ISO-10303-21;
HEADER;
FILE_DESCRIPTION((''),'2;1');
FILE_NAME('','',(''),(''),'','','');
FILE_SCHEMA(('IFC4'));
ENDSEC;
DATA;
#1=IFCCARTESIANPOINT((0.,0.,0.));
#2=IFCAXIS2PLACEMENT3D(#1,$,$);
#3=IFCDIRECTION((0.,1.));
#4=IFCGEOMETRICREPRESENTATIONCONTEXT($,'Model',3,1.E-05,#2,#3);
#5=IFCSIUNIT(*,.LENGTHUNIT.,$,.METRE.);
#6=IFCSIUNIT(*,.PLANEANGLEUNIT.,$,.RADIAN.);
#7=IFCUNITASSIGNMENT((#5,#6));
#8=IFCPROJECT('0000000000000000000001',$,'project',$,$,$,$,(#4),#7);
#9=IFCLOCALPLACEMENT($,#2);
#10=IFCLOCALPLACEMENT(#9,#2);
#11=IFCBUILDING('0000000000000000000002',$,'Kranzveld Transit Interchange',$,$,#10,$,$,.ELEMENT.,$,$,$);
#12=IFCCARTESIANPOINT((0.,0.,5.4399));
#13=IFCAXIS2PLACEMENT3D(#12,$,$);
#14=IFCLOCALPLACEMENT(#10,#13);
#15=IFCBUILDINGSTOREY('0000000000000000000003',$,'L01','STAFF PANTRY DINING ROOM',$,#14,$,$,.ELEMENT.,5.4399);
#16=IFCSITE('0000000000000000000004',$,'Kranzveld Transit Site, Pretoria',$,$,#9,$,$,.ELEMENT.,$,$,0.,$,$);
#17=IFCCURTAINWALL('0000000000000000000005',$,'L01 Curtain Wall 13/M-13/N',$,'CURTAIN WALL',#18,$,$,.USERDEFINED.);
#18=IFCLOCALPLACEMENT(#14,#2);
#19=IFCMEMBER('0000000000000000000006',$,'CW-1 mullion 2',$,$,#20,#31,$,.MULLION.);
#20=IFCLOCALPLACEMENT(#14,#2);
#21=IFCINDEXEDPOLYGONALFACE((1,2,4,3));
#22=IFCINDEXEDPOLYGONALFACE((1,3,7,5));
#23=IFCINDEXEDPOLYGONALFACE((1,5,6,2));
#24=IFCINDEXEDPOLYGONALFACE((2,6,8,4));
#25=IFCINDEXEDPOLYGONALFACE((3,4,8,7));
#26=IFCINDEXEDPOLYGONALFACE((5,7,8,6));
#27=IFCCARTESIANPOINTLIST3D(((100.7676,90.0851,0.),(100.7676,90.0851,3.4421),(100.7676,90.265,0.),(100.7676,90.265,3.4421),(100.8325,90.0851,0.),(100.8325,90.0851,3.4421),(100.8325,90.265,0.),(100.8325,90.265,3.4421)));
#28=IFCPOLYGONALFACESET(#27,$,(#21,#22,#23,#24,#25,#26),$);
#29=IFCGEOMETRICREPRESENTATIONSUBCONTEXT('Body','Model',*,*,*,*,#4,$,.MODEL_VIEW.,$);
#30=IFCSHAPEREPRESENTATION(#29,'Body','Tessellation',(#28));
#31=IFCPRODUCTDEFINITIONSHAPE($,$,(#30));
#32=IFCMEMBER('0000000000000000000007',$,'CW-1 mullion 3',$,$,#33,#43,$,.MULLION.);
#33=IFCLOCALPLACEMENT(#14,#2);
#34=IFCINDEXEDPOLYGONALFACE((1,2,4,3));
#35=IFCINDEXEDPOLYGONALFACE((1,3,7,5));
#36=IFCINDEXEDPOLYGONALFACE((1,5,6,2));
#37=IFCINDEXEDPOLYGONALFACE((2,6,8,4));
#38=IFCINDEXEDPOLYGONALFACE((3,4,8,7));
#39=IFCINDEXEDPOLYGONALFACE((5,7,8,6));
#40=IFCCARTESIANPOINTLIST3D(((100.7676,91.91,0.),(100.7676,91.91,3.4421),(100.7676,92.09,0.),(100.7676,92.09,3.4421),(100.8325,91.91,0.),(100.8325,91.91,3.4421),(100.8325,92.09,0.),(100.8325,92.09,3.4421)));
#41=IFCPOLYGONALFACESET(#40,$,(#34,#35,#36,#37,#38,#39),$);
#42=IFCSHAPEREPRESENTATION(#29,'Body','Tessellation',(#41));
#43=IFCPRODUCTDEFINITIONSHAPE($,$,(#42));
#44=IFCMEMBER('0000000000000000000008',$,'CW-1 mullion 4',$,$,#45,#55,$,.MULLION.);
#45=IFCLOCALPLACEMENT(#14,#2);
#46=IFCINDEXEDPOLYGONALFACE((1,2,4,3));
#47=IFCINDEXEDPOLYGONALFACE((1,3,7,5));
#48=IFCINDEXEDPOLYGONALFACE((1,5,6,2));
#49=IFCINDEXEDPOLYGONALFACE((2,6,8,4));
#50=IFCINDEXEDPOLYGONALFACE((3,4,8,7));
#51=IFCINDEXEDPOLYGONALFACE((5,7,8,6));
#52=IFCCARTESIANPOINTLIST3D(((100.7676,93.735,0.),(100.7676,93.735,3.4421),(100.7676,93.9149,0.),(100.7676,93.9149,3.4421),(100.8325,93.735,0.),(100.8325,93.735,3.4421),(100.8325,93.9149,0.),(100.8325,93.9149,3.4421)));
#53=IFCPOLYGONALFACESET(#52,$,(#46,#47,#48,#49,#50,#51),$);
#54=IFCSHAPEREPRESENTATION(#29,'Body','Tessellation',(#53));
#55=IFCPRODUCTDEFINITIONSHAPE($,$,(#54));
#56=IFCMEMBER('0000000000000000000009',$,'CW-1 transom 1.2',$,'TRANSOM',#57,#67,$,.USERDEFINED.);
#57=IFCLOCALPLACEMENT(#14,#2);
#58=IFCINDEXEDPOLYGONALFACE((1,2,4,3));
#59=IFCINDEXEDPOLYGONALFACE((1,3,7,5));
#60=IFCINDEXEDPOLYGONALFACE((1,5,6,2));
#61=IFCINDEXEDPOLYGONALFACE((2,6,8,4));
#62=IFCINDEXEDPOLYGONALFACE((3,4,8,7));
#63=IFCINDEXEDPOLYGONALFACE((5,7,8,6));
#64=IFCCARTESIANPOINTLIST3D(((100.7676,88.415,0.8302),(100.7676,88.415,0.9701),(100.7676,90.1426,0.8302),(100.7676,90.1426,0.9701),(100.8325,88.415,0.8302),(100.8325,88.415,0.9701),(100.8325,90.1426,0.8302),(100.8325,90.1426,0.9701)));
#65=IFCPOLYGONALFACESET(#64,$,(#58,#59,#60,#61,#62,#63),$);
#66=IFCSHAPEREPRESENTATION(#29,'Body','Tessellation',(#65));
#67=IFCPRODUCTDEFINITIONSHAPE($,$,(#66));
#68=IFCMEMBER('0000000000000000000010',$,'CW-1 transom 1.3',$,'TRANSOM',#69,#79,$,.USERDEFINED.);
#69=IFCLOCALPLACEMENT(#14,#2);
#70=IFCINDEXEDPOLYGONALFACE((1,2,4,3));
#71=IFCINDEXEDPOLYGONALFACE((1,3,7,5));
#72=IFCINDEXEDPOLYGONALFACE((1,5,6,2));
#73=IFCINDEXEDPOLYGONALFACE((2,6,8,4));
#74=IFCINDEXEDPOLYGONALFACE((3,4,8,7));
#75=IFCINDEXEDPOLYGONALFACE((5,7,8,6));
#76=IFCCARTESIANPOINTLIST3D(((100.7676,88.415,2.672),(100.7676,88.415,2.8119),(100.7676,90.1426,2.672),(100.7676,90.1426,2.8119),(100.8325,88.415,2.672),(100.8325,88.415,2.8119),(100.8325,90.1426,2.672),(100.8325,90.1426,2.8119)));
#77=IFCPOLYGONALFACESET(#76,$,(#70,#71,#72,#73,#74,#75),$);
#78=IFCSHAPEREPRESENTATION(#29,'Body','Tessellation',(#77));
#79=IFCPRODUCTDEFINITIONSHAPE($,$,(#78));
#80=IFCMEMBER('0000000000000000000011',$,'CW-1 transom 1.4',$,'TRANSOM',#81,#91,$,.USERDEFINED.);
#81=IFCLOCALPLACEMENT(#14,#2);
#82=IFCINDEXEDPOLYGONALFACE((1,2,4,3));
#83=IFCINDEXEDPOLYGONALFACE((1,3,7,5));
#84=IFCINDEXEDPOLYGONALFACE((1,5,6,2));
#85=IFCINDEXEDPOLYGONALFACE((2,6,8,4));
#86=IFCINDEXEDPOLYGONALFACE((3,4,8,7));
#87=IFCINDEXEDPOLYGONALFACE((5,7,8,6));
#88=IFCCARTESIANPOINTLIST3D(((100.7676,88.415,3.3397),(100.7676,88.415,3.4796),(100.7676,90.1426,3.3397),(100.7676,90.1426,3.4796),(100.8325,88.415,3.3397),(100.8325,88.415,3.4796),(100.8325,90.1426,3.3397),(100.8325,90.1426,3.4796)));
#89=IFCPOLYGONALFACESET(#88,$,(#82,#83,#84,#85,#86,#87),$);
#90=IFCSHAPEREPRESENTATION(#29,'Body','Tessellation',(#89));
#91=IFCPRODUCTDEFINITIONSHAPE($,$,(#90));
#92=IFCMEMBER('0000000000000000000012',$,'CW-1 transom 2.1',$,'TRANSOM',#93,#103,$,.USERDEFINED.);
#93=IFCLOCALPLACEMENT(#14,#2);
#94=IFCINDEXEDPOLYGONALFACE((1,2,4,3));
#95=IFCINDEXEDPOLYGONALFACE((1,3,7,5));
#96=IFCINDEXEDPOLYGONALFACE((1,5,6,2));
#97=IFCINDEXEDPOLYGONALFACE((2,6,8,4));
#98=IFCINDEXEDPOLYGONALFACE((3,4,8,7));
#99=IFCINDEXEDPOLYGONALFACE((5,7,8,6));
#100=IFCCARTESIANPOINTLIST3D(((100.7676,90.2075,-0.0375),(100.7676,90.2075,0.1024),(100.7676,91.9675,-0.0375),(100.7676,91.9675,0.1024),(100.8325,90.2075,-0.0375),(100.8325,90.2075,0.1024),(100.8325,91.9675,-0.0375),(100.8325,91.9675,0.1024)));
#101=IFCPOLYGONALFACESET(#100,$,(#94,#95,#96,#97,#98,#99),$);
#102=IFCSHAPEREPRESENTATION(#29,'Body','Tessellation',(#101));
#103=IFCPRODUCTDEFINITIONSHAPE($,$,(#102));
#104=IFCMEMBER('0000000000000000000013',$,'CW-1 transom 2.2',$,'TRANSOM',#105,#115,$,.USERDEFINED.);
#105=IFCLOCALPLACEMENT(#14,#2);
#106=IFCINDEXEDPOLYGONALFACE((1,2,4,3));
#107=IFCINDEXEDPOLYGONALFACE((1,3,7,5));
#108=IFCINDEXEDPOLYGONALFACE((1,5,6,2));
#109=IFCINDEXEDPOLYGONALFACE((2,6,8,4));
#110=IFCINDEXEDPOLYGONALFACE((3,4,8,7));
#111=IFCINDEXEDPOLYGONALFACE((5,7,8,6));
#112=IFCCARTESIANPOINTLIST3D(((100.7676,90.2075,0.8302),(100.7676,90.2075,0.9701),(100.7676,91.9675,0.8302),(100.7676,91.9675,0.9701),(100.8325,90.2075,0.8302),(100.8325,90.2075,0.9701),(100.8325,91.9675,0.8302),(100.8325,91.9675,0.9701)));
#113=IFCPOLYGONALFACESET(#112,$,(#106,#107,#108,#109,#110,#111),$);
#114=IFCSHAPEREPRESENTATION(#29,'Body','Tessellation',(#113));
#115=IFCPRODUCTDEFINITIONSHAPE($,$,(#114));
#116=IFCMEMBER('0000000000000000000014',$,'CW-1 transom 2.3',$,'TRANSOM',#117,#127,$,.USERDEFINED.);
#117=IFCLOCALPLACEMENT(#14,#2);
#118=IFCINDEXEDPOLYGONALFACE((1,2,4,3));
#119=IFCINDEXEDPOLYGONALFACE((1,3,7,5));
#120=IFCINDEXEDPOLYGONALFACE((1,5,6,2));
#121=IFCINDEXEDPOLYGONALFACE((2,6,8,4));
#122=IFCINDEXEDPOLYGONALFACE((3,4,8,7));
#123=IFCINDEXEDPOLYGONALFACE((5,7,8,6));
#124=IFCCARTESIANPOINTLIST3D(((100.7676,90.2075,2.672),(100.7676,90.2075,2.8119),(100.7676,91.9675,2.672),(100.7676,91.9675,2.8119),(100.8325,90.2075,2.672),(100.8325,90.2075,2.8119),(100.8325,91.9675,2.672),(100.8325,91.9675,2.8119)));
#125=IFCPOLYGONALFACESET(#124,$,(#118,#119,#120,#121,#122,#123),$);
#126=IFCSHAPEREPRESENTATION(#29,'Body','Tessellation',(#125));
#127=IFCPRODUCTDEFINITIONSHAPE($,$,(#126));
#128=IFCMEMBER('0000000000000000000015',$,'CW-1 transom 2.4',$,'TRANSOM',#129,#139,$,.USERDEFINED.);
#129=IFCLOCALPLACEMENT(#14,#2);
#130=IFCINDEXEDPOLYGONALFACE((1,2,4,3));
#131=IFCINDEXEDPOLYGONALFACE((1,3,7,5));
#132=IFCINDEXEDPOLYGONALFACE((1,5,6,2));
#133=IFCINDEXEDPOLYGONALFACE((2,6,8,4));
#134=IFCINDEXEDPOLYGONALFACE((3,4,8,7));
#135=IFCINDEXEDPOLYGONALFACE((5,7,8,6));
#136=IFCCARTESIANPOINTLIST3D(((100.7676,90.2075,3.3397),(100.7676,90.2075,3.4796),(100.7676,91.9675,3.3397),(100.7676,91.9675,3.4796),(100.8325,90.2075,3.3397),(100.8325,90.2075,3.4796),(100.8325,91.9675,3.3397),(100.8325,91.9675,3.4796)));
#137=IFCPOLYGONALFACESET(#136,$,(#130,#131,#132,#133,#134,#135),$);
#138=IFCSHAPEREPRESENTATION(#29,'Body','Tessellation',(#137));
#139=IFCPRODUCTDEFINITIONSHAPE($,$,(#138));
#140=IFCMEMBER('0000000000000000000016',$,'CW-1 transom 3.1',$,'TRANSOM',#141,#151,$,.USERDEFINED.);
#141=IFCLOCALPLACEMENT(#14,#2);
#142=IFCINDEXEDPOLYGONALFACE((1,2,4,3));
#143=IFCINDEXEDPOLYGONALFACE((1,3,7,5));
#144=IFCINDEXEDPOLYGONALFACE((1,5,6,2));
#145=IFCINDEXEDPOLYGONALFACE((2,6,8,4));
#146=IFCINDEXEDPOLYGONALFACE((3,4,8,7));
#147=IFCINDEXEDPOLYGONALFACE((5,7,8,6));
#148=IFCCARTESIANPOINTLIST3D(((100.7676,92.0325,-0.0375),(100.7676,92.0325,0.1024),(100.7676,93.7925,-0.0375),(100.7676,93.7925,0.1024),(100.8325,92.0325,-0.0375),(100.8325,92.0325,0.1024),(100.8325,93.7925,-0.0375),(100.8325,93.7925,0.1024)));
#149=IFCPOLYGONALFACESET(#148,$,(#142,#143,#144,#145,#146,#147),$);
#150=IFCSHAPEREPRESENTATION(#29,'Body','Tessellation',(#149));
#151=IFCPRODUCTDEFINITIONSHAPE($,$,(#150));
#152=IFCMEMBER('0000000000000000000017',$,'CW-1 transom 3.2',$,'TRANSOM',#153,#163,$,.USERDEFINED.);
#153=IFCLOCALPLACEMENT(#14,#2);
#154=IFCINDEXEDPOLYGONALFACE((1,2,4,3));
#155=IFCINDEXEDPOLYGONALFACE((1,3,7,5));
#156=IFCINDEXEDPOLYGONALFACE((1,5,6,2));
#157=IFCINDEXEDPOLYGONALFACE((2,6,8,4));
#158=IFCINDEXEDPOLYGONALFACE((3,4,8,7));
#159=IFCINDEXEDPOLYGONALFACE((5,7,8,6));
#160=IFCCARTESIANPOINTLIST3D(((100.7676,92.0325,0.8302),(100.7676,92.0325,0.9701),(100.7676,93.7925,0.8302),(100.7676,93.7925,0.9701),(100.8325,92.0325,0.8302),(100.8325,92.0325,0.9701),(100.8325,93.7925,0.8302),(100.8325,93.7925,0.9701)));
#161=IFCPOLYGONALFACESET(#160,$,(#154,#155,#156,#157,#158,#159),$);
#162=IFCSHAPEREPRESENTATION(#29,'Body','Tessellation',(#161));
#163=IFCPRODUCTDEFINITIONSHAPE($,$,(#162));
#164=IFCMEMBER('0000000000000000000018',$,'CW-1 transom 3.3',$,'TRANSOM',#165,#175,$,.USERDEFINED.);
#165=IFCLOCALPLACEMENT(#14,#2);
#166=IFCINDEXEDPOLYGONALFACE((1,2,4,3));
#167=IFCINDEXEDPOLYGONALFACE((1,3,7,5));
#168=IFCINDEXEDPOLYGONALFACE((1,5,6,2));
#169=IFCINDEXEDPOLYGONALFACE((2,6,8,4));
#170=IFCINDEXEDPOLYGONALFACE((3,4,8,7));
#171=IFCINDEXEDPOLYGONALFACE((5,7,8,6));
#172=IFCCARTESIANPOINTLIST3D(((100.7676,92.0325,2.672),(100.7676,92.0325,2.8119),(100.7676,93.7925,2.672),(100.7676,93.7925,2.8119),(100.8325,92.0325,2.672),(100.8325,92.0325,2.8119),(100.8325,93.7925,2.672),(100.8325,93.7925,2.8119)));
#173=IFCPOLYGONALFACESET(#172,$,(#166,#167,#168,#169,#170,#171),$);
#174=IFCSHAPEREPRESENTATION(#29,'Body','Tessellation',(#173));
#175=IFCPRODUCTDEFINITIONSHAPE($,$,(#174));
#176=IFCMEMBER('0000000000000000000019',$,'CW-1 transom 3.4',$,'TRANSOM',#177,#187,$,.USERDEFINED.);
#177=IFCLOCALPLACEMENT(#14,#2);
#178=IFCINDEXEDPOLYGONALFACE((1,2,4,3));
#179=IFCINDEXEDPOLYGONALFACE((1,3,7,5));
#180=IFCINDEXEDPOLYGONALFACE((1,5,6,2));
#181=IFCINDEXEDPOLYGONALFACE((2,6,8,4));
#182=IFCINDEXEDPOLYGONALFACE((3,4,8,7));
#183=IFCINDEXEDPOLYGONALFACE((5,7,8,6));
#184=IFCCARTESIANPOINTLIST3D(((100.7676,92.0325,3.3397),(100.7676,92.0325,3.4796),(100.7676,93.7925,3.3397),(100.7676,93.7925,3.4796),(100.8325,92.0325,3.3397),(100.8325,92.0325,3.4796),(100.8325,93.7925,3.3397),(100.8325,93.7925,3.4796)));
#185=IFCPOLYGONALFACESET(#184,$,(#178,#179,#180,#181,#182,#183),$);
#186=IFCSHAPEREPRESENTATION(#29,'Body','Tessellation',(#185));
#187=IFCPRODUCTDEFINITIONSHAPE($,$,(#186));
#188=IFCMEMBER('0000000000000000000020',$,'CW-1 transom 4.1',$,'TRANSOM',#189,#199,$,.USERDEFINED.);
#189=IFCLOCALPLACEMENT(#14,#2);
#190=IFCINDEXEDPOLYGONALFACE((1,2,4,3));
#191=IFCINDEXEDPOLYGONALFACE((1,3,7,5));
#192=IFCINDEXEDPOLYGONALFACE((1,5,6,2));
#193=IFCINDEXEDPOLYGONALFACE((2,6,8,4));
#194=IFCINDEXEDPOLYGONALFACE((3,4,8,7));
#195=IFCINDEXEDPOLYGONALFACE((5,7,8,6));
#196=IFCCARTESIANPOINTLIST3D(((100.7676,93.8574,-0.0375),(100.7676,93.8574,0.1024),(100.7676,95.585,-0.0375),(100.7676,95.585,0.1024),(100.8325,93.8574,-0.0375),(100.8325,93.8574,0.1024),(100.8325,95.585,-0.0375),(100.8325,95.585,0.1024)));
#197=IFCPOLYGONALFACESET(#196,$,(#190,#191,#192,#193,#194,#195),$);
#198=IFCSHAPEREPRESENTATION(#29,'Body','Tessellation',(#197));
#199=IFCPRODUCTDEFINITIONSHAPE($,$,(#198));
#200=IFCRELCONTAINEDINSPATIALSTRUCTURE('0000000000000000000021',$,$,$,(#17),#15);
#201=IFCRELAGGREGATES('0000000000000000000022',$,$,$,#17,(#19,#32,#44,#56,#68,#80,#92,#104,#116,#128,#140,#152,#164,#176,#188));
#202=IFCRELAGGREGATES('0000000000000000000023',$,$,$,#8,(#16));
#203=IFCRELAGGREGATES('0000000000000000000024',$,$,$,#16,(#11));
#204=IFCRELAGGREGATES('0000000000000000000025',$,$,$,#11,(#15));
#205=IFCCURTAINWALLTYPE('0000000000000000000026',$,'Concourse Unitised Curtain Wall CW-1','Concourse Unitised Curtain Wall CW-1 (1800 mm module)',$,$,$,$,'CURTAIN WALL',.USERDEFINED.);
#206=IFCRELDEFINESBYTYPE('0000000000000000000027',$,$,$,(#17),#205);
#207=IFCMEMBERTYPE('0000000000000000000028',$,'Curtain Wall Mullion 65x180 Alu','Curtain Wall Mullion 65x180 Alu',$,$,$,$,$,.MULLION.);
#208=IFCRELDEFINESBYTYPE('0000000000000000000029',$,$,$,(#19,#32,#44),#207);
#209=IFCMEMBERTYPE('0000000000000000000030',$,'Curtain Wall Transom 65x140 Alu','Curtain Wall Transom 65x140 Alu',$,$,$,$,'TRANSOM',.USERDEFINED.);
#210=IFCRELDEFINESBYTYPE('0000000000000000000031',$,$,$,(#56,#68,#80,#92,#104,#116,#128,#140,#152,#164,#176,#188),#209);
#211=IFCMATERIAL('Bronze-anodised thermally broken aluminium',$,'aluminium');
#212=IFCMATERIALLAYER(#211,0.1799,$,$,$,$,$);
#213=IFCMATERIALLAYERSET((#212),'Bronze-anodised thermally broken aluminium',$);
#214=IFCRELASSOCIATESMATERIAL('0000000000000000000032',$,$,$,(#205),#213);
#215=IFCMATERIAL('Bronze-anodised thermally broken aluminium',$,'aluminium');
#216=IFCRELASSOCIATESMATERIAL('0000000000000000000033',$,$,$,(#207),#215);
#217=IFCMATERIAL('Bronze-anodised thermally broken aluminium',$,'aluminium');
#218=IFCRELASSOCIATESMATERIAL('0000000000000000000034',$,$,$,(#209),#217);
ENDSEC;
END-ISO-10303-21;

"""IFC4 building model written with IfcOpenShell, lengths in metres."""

from ifc_helpers import new_model, si_unit, direction, frame, origin, origin_2d, place, context, subcontext, project, spatial, rectangle, extrude, material, layer, layer_set, material_profile, profile_set, type_object, element, aggregate, save


model = new_model("IFC4")

# Units and contexts
model_context = context("Model", 3, precision=1e-05, world=origin(), true_north=direction((0.0, 1.0)))
body_context = subcontext(model_context, "Body", "Model", "MODEL_VIEW")
ifc_project = project(units=[si_unit("LENGTHUNIT", "METRE"), si_unit("PLANEANGLEUNIT", "RADIAN")], contexts=[model_context])

# Site, building, storey
site_placement = place(None, origin())
site = spatial("IfcSite", under=ifc_project, at=site_placement, Name="Kranzveld Transit Site, Pretoria", CompositionType="ELEMENT", RefElevation=0.0)
building_placement = place(site_placement, origin())
building = spatial("IfcBuilding", under=site, at=building_placement, Name="Kranzveld Transit Interchange", CompositionType="ELEMENT")
storey_placement = place(building_placement, frame((0.0, 0.0, 5.4399)))
storey = spatial("IfcBuildingStorey", under=building, at=storey_placement, Name="L01", Description="STAFF PANTRY DINING ROOM", CompositionType="ELEMENT", Elevation=5.4399)

# Curtain wall, members
ifc_material_1 = material(Name="Bronze-anodised thermally broken aluminium", Category="aluminium")
ifc_layer_1 = layer(ifc_material_1, 0.1799)
ifc_layer_set_1 = layer_set([ifc_layer_1], Name="Bronze-anodised thermally broken aluminium")
curtain_wall_type = type_object("IfcCurtainWallType", Name="Concourse Unitised Curtain Wall CW-1", Description="Concourse Unitised Curtain Wall CW-1 (1800 mm module)", ElementType="CURTAIN WALL", PredefinedType="USERDEFINED", material=ifc_layer_set_1)
curtain_wall_placement = place(storey_placement, origin())
curtain_wall = element("IfcCurtainWall", 1, at=curtain_wall_placement, inside=storey, type_object=curtain_wall_type, Name="L01 Curtain Wall 13/M-13/N", ObjectType="CURTAIN WALL", PredefinedType="USERDEFINED")
ifc_material_2 = material(Name="Bronze-anodised thermally broken aluminium", Category="aluminium")
ifc_material_profile_1 = material_profile(ifc_material_2, rectangle(XDim=0.0649, YDim=0.1799, at=origin_2d()), Name="ALU MULLION 65x180")
ifc_profile_set_1 = profile_set([ifc_material_profile_1], Name="Bronze-anodised thermally broken aluminium")
member_type_1 = type_object("IfcMemberType", Name="Curtain Wall Mullion 65x180 Alu", Description="Curtain Wall Mullion 65x180 Alu", PredefinedType="MULLION", material=ifc_profile_set_1)
member_1_placement = place(storey_placement, frame((100.8, 90.175, 0.0), z_axis=(0.0, 0.0, 1.0), x_axis=(-1.0, 0.0, 0.0)))
member_1 = element("IfcMember", 2, at=member_1_placement, type_object=member_type_1, Name="CW-1 mullion 2", PredefinedType="MULLION", context=body_context, shape_type="SweptSolid", body=[
    extrude(rectangle(XDim=0.0649, YDim=0.1799, at=origin_2d()), origin(), (0.0, 0.0, 1.0), 3.4421),
])
member_2_placement = place(storey_placement, frame((100.8, 92.0, 0.0), z_axis=(0.0, 0.0, 1.0), x_axis=(-1.0, 0.0, 0.0)))
member_2 = element("IfcMember", 3, at=member_2_placement, type_object=member_type_1, Name="CW-1 mullion 3", PredefinedType="MULLION", context=body_context, shape_type="SweptSolid", body=[
    extrude(rectangle(XDim=0.0649, YDim=0.1799, at=origin_2d()), origin(), (0.0, 0.0, 1.0), 3.4421),
])
member_3_placement = place(storey_placement, frame((100.8, 93.825, 0.0), z_axis=(0.0, 0.0, 1.0), x_axis=(-1.0, 0.0, 0.0)))
member_3 = element("IfcMember", 4, at=member_3_placement, type_object=member_type_1, Name="CW-1 mullion 4", PredefinedType="MULLION", context=body_context, shape_type="SweptSolid", body=[
    extrude(rectangle(XDim=0.0649, YDim=0.1799, at=origin_2d()), origin(), (0.0, 0.0, 1.0), 3.4421),
])
ifc_material_3 = material(Name="Bronze-anodised thermally broken aluminium", Category="aluminium")
ifc_material_profile_2 = material_profile(ifc_material_3, rectangle(XDim=0.0649, YDim=0.1399, at=origin_2d()), Name="ALU TRANSOM 65x140")
ifc_profile_set_2 = profile_set([ifc_material_profile_2], Name="Bronze-anodised thermally broken aluminium")
member_type_2 = type_object("IfcMemberType", Name="Curtain Wall Transom 65x140 Alu", Description="Curtain Wall Transom 65x140 Alu", ElementType="TRANSOM", PredefinedType="USERDEFINED", material=ifc_profile_set_2)
member_4_placement = place(storey_placement, frame((100.8, 88.415, 0.9001), z_axis=(0.0, 1.0, 0.0), x_axis=(-1.0, 0.0, 0.0)))
member_4 = element("IfcMember", 5, at=member_4_placement, type_object=member_type_2, Name="CW-1 transom 1.2", ObjectType="TRANSOM", PredefinedType="USERDEFINED", context=body_context, shape_type="SweptSolid", body=[
    extrude(rectangle(XDim=0.0649, YDim=0.1399, at=origin_2d()), origin(), (0.0, 0.0, 1.0), 1.7275),
])
member_5_placement = place(storey_placement, frame((100.8, 88.415, 2.7419), z_axis=(0.0, 1.0, 0.0), x_axis=(-1.0, 0.0, 0.0)))
member_5 = element("IfcMember", 6, at=member_5_placement, type_object=member_type_2, Name="CW-1 transom 1.3", ObjectType="TRANSOM", PredefinedType="USERDEFINED", context=body_context, shape_type="SweptSolid", body=[
    extrude(rectangle(XDim=0.0649, YDim=0.1399, at=origin_2d()), origin(), (0.0, 0.0, 1.0), 1.7275),
])
member_6_placement = place(storey_placement, frame((100.8, 88.415, 3.4097), z_axis=(0.0, 1.0, 0.0), x_axis=(-1.0, 0.0, 0.0)))
member_6 = element("IfcMember", 7, at=member_6_placement, type_object=member_type_2, Name="CW-1 transom 1.4", ObjectType="TRANSOM", PredefinedType="USERDEFINED", context=body_context, shape_type="SweptSolid", body=[
    extrude(rectangle(XDim=0.0649, YDim=0.1399, at=origin_2d()), origin(), (0.0, 0.0, 1.0), 1.7275),
])
member_7_placement = place(storey_placement, frame((100.8, 90.2075, 0.0325), z_axis=(0.0, 1.0, 0.0), x_axis=(-1.0, 0.0, 0.0)))
member_7 = element("IfcMember", 8, at=member_7_placement, type_object=member_type_2, Name="CW-1 transom 2.1", ObjectType="TRANSOM", PredefinedType="USERDEFINED", context=body_context, shape_type="SweptSolid", body=[
    extrude(rectangle(XDim=0.0649, YDim=0.1399, at=origin_2d()), origin(), (0.0, 0.0, 1.0), 1.76),
])
member_8_placement = place(storey_placement, frame((100.8, 90.2075, 0.9001), z_axis=(0.0, 1.0, 0.0), x_axis=(-1.0, 0.0, 0.0)))
member_8 = element("IfcMember", 9, at=member_8_placement, type_object=member_type_2, Name="CW-1 transom 2.2", ObjectType="TRANSOM", PredefinedType="USERDEFINED", context=body_context, shape_type="SweptSolid", body=[
    extrude(rectangle(XDim=0.0649, YDim=0.1399, at=origin_2d()), origin(), (0.0, 0.0, 1.0), 1.76),
])
member_9_placement = place(storey_placement, frame((100.8, 90.2075, 2.7419), z_axis=(0.0, 1.0, 0.0), x_axis=(-1.0, 0.0, 0.0)))
member_9 = element("IfcMember", 10, at=member_9_placement, type_object=member_type_2, Name="CW-1 transom 2.3", ObjectType="TRANSOM", PredefinedType="USERDEFINED", context=body_context, shape_type="SweptSolid", body=[
    extrude(rectangle(XDim=0.0649, YDim=0.1399, at=origin_2d()), origin(), (0.0, 0.0, 1.0), 1.76),
])
member_10_placement = place(storey_placement, frame((100.8, 90.2075, 3.4097), z_axis=(0.0, 1.0, 0.0), x_axis=(-1.0, 0.0, 0.0)))
member_10 = element("IfcMember", 11, at=member_10_placement, type_object=member_type_2, Name="CW-1 transom 2.4", ObjectType="TRANSOM", PredefinedType="USERDEFINED", context=body_context, shape_type="SweptSolid", body=[
    extrude(rectangle(XDim=0.0649, YDim=0.1399, at=origin_2d()), origin(), (0.0, 0.0, 1.0), 1.76),
])
member_11_placement = place(storey_placement, frame((100.8, 92.0325, 0.0325), z_axis=(0.0, 1.0, 0.0), x_axis=(-1.0, 0.0, 0.0)))
member_11 = element("IfcMember", 12, at=member_11_placement, type_object=member_type_2, Name="CW-1 transom 3.1", ObjectType="TRANSOM", PredefinedType="USERDEFINED", context=body_context, shape_type="SweptSolid", body=[
    extrude(rectangle(XDim=0.0649, YDim=0.1399, at=origin_2d()), origin(), (0.0, 0.0, 1.0), 1.76),
])
member_12_placement = place(storey_placement, frame((100.8, 92.0325, 0.9001), z_axis=(0.0, 1.0, 0.0), x_axis=(-1.0, 0.0, 0.0)))
member_12 = element("IfcMember", 13, at=member_12_placement, type_object=member_type_2, Name="CW-1 transom 3.2", ObjectType="TRANSOM", PredefinedType="USERDEFINED", context=body_context, shape_type="SweptSolid", body=[
    extrude(rectangle(XDim=0.0649, YDim=0.1399, at=origin_2d()), origin(), (0.0, 0.0, 1.0), 1.76),
])
member_13_placement = place(storey_placement, frame((100.8, 92.0325, 2.7419), z_axis=(0.0, 1.0, 0.0), x_axis=(-1.0, 0.0, 0.0)))
member_13 = element("IfcMember", 14, at=member_13_placement, type_object=member_type_2, Name="CW-1 transom 3.3", ObjectType="TRANSOM", PredefinedType="USERDEFINED", context=body_context, shape_type="SweptSolid", body=[
    extrude(rectangle(XDim=0.0649, YDim=0.1399, at=origin_2d()), origin(), (0.0, 0.0, 1.0), 1.76),
])
member_14_placement = place(storey_placement, frame((100.8, 92.0325, 3.4097), z_axis=(0.0, 1.0, 0.0), x_axis=(-1.0, 0.0, 0.0)))
member_14 = element("IfcMember", 15, at=member_14_placement, type_object=member_type_2, Name="CW-1 transom 3.4", ObjectType="TRANSOM", PredefinedType="USERDEFINED", context=body_context, shape_type="SweptSolid", body=[
    extrude(rectangle(XDim=0.0649, YDim=0.1399, at=origin_2d()), origin(), (0.0, 0.0, 1.0), 1.76),
])
member_15_placement = place(storey_placement, frame((100.8, 93.8574, 0.0325), z_axis=(0.0, 1.0, 0.0), x_axis=(-1.0, 0.0, 0.0)))
member_15 = element("IfcMember", 16, at=member_15_placement, type_object=member_type_2, Name="CW-1 transom 4.1", ObjectType="TRANSOM", PredefinedType="USERDEFINED", context=body_context, shape_type="SweptSolid", body=[
    extrude(rectangle(XDim=0.0649, YDim=0.1399, at=origin_2d()), origin(), (0.0, 0.0, 1.0), 1.7275),
])

aggregate(curtain_wall, [member_1, member_2, member_3, member_4, member_5, member_6, member_7, member_8, member_9, member_10, member_11, member_12, member_13, member_14, member_15])

save(model, "model.ifc")
